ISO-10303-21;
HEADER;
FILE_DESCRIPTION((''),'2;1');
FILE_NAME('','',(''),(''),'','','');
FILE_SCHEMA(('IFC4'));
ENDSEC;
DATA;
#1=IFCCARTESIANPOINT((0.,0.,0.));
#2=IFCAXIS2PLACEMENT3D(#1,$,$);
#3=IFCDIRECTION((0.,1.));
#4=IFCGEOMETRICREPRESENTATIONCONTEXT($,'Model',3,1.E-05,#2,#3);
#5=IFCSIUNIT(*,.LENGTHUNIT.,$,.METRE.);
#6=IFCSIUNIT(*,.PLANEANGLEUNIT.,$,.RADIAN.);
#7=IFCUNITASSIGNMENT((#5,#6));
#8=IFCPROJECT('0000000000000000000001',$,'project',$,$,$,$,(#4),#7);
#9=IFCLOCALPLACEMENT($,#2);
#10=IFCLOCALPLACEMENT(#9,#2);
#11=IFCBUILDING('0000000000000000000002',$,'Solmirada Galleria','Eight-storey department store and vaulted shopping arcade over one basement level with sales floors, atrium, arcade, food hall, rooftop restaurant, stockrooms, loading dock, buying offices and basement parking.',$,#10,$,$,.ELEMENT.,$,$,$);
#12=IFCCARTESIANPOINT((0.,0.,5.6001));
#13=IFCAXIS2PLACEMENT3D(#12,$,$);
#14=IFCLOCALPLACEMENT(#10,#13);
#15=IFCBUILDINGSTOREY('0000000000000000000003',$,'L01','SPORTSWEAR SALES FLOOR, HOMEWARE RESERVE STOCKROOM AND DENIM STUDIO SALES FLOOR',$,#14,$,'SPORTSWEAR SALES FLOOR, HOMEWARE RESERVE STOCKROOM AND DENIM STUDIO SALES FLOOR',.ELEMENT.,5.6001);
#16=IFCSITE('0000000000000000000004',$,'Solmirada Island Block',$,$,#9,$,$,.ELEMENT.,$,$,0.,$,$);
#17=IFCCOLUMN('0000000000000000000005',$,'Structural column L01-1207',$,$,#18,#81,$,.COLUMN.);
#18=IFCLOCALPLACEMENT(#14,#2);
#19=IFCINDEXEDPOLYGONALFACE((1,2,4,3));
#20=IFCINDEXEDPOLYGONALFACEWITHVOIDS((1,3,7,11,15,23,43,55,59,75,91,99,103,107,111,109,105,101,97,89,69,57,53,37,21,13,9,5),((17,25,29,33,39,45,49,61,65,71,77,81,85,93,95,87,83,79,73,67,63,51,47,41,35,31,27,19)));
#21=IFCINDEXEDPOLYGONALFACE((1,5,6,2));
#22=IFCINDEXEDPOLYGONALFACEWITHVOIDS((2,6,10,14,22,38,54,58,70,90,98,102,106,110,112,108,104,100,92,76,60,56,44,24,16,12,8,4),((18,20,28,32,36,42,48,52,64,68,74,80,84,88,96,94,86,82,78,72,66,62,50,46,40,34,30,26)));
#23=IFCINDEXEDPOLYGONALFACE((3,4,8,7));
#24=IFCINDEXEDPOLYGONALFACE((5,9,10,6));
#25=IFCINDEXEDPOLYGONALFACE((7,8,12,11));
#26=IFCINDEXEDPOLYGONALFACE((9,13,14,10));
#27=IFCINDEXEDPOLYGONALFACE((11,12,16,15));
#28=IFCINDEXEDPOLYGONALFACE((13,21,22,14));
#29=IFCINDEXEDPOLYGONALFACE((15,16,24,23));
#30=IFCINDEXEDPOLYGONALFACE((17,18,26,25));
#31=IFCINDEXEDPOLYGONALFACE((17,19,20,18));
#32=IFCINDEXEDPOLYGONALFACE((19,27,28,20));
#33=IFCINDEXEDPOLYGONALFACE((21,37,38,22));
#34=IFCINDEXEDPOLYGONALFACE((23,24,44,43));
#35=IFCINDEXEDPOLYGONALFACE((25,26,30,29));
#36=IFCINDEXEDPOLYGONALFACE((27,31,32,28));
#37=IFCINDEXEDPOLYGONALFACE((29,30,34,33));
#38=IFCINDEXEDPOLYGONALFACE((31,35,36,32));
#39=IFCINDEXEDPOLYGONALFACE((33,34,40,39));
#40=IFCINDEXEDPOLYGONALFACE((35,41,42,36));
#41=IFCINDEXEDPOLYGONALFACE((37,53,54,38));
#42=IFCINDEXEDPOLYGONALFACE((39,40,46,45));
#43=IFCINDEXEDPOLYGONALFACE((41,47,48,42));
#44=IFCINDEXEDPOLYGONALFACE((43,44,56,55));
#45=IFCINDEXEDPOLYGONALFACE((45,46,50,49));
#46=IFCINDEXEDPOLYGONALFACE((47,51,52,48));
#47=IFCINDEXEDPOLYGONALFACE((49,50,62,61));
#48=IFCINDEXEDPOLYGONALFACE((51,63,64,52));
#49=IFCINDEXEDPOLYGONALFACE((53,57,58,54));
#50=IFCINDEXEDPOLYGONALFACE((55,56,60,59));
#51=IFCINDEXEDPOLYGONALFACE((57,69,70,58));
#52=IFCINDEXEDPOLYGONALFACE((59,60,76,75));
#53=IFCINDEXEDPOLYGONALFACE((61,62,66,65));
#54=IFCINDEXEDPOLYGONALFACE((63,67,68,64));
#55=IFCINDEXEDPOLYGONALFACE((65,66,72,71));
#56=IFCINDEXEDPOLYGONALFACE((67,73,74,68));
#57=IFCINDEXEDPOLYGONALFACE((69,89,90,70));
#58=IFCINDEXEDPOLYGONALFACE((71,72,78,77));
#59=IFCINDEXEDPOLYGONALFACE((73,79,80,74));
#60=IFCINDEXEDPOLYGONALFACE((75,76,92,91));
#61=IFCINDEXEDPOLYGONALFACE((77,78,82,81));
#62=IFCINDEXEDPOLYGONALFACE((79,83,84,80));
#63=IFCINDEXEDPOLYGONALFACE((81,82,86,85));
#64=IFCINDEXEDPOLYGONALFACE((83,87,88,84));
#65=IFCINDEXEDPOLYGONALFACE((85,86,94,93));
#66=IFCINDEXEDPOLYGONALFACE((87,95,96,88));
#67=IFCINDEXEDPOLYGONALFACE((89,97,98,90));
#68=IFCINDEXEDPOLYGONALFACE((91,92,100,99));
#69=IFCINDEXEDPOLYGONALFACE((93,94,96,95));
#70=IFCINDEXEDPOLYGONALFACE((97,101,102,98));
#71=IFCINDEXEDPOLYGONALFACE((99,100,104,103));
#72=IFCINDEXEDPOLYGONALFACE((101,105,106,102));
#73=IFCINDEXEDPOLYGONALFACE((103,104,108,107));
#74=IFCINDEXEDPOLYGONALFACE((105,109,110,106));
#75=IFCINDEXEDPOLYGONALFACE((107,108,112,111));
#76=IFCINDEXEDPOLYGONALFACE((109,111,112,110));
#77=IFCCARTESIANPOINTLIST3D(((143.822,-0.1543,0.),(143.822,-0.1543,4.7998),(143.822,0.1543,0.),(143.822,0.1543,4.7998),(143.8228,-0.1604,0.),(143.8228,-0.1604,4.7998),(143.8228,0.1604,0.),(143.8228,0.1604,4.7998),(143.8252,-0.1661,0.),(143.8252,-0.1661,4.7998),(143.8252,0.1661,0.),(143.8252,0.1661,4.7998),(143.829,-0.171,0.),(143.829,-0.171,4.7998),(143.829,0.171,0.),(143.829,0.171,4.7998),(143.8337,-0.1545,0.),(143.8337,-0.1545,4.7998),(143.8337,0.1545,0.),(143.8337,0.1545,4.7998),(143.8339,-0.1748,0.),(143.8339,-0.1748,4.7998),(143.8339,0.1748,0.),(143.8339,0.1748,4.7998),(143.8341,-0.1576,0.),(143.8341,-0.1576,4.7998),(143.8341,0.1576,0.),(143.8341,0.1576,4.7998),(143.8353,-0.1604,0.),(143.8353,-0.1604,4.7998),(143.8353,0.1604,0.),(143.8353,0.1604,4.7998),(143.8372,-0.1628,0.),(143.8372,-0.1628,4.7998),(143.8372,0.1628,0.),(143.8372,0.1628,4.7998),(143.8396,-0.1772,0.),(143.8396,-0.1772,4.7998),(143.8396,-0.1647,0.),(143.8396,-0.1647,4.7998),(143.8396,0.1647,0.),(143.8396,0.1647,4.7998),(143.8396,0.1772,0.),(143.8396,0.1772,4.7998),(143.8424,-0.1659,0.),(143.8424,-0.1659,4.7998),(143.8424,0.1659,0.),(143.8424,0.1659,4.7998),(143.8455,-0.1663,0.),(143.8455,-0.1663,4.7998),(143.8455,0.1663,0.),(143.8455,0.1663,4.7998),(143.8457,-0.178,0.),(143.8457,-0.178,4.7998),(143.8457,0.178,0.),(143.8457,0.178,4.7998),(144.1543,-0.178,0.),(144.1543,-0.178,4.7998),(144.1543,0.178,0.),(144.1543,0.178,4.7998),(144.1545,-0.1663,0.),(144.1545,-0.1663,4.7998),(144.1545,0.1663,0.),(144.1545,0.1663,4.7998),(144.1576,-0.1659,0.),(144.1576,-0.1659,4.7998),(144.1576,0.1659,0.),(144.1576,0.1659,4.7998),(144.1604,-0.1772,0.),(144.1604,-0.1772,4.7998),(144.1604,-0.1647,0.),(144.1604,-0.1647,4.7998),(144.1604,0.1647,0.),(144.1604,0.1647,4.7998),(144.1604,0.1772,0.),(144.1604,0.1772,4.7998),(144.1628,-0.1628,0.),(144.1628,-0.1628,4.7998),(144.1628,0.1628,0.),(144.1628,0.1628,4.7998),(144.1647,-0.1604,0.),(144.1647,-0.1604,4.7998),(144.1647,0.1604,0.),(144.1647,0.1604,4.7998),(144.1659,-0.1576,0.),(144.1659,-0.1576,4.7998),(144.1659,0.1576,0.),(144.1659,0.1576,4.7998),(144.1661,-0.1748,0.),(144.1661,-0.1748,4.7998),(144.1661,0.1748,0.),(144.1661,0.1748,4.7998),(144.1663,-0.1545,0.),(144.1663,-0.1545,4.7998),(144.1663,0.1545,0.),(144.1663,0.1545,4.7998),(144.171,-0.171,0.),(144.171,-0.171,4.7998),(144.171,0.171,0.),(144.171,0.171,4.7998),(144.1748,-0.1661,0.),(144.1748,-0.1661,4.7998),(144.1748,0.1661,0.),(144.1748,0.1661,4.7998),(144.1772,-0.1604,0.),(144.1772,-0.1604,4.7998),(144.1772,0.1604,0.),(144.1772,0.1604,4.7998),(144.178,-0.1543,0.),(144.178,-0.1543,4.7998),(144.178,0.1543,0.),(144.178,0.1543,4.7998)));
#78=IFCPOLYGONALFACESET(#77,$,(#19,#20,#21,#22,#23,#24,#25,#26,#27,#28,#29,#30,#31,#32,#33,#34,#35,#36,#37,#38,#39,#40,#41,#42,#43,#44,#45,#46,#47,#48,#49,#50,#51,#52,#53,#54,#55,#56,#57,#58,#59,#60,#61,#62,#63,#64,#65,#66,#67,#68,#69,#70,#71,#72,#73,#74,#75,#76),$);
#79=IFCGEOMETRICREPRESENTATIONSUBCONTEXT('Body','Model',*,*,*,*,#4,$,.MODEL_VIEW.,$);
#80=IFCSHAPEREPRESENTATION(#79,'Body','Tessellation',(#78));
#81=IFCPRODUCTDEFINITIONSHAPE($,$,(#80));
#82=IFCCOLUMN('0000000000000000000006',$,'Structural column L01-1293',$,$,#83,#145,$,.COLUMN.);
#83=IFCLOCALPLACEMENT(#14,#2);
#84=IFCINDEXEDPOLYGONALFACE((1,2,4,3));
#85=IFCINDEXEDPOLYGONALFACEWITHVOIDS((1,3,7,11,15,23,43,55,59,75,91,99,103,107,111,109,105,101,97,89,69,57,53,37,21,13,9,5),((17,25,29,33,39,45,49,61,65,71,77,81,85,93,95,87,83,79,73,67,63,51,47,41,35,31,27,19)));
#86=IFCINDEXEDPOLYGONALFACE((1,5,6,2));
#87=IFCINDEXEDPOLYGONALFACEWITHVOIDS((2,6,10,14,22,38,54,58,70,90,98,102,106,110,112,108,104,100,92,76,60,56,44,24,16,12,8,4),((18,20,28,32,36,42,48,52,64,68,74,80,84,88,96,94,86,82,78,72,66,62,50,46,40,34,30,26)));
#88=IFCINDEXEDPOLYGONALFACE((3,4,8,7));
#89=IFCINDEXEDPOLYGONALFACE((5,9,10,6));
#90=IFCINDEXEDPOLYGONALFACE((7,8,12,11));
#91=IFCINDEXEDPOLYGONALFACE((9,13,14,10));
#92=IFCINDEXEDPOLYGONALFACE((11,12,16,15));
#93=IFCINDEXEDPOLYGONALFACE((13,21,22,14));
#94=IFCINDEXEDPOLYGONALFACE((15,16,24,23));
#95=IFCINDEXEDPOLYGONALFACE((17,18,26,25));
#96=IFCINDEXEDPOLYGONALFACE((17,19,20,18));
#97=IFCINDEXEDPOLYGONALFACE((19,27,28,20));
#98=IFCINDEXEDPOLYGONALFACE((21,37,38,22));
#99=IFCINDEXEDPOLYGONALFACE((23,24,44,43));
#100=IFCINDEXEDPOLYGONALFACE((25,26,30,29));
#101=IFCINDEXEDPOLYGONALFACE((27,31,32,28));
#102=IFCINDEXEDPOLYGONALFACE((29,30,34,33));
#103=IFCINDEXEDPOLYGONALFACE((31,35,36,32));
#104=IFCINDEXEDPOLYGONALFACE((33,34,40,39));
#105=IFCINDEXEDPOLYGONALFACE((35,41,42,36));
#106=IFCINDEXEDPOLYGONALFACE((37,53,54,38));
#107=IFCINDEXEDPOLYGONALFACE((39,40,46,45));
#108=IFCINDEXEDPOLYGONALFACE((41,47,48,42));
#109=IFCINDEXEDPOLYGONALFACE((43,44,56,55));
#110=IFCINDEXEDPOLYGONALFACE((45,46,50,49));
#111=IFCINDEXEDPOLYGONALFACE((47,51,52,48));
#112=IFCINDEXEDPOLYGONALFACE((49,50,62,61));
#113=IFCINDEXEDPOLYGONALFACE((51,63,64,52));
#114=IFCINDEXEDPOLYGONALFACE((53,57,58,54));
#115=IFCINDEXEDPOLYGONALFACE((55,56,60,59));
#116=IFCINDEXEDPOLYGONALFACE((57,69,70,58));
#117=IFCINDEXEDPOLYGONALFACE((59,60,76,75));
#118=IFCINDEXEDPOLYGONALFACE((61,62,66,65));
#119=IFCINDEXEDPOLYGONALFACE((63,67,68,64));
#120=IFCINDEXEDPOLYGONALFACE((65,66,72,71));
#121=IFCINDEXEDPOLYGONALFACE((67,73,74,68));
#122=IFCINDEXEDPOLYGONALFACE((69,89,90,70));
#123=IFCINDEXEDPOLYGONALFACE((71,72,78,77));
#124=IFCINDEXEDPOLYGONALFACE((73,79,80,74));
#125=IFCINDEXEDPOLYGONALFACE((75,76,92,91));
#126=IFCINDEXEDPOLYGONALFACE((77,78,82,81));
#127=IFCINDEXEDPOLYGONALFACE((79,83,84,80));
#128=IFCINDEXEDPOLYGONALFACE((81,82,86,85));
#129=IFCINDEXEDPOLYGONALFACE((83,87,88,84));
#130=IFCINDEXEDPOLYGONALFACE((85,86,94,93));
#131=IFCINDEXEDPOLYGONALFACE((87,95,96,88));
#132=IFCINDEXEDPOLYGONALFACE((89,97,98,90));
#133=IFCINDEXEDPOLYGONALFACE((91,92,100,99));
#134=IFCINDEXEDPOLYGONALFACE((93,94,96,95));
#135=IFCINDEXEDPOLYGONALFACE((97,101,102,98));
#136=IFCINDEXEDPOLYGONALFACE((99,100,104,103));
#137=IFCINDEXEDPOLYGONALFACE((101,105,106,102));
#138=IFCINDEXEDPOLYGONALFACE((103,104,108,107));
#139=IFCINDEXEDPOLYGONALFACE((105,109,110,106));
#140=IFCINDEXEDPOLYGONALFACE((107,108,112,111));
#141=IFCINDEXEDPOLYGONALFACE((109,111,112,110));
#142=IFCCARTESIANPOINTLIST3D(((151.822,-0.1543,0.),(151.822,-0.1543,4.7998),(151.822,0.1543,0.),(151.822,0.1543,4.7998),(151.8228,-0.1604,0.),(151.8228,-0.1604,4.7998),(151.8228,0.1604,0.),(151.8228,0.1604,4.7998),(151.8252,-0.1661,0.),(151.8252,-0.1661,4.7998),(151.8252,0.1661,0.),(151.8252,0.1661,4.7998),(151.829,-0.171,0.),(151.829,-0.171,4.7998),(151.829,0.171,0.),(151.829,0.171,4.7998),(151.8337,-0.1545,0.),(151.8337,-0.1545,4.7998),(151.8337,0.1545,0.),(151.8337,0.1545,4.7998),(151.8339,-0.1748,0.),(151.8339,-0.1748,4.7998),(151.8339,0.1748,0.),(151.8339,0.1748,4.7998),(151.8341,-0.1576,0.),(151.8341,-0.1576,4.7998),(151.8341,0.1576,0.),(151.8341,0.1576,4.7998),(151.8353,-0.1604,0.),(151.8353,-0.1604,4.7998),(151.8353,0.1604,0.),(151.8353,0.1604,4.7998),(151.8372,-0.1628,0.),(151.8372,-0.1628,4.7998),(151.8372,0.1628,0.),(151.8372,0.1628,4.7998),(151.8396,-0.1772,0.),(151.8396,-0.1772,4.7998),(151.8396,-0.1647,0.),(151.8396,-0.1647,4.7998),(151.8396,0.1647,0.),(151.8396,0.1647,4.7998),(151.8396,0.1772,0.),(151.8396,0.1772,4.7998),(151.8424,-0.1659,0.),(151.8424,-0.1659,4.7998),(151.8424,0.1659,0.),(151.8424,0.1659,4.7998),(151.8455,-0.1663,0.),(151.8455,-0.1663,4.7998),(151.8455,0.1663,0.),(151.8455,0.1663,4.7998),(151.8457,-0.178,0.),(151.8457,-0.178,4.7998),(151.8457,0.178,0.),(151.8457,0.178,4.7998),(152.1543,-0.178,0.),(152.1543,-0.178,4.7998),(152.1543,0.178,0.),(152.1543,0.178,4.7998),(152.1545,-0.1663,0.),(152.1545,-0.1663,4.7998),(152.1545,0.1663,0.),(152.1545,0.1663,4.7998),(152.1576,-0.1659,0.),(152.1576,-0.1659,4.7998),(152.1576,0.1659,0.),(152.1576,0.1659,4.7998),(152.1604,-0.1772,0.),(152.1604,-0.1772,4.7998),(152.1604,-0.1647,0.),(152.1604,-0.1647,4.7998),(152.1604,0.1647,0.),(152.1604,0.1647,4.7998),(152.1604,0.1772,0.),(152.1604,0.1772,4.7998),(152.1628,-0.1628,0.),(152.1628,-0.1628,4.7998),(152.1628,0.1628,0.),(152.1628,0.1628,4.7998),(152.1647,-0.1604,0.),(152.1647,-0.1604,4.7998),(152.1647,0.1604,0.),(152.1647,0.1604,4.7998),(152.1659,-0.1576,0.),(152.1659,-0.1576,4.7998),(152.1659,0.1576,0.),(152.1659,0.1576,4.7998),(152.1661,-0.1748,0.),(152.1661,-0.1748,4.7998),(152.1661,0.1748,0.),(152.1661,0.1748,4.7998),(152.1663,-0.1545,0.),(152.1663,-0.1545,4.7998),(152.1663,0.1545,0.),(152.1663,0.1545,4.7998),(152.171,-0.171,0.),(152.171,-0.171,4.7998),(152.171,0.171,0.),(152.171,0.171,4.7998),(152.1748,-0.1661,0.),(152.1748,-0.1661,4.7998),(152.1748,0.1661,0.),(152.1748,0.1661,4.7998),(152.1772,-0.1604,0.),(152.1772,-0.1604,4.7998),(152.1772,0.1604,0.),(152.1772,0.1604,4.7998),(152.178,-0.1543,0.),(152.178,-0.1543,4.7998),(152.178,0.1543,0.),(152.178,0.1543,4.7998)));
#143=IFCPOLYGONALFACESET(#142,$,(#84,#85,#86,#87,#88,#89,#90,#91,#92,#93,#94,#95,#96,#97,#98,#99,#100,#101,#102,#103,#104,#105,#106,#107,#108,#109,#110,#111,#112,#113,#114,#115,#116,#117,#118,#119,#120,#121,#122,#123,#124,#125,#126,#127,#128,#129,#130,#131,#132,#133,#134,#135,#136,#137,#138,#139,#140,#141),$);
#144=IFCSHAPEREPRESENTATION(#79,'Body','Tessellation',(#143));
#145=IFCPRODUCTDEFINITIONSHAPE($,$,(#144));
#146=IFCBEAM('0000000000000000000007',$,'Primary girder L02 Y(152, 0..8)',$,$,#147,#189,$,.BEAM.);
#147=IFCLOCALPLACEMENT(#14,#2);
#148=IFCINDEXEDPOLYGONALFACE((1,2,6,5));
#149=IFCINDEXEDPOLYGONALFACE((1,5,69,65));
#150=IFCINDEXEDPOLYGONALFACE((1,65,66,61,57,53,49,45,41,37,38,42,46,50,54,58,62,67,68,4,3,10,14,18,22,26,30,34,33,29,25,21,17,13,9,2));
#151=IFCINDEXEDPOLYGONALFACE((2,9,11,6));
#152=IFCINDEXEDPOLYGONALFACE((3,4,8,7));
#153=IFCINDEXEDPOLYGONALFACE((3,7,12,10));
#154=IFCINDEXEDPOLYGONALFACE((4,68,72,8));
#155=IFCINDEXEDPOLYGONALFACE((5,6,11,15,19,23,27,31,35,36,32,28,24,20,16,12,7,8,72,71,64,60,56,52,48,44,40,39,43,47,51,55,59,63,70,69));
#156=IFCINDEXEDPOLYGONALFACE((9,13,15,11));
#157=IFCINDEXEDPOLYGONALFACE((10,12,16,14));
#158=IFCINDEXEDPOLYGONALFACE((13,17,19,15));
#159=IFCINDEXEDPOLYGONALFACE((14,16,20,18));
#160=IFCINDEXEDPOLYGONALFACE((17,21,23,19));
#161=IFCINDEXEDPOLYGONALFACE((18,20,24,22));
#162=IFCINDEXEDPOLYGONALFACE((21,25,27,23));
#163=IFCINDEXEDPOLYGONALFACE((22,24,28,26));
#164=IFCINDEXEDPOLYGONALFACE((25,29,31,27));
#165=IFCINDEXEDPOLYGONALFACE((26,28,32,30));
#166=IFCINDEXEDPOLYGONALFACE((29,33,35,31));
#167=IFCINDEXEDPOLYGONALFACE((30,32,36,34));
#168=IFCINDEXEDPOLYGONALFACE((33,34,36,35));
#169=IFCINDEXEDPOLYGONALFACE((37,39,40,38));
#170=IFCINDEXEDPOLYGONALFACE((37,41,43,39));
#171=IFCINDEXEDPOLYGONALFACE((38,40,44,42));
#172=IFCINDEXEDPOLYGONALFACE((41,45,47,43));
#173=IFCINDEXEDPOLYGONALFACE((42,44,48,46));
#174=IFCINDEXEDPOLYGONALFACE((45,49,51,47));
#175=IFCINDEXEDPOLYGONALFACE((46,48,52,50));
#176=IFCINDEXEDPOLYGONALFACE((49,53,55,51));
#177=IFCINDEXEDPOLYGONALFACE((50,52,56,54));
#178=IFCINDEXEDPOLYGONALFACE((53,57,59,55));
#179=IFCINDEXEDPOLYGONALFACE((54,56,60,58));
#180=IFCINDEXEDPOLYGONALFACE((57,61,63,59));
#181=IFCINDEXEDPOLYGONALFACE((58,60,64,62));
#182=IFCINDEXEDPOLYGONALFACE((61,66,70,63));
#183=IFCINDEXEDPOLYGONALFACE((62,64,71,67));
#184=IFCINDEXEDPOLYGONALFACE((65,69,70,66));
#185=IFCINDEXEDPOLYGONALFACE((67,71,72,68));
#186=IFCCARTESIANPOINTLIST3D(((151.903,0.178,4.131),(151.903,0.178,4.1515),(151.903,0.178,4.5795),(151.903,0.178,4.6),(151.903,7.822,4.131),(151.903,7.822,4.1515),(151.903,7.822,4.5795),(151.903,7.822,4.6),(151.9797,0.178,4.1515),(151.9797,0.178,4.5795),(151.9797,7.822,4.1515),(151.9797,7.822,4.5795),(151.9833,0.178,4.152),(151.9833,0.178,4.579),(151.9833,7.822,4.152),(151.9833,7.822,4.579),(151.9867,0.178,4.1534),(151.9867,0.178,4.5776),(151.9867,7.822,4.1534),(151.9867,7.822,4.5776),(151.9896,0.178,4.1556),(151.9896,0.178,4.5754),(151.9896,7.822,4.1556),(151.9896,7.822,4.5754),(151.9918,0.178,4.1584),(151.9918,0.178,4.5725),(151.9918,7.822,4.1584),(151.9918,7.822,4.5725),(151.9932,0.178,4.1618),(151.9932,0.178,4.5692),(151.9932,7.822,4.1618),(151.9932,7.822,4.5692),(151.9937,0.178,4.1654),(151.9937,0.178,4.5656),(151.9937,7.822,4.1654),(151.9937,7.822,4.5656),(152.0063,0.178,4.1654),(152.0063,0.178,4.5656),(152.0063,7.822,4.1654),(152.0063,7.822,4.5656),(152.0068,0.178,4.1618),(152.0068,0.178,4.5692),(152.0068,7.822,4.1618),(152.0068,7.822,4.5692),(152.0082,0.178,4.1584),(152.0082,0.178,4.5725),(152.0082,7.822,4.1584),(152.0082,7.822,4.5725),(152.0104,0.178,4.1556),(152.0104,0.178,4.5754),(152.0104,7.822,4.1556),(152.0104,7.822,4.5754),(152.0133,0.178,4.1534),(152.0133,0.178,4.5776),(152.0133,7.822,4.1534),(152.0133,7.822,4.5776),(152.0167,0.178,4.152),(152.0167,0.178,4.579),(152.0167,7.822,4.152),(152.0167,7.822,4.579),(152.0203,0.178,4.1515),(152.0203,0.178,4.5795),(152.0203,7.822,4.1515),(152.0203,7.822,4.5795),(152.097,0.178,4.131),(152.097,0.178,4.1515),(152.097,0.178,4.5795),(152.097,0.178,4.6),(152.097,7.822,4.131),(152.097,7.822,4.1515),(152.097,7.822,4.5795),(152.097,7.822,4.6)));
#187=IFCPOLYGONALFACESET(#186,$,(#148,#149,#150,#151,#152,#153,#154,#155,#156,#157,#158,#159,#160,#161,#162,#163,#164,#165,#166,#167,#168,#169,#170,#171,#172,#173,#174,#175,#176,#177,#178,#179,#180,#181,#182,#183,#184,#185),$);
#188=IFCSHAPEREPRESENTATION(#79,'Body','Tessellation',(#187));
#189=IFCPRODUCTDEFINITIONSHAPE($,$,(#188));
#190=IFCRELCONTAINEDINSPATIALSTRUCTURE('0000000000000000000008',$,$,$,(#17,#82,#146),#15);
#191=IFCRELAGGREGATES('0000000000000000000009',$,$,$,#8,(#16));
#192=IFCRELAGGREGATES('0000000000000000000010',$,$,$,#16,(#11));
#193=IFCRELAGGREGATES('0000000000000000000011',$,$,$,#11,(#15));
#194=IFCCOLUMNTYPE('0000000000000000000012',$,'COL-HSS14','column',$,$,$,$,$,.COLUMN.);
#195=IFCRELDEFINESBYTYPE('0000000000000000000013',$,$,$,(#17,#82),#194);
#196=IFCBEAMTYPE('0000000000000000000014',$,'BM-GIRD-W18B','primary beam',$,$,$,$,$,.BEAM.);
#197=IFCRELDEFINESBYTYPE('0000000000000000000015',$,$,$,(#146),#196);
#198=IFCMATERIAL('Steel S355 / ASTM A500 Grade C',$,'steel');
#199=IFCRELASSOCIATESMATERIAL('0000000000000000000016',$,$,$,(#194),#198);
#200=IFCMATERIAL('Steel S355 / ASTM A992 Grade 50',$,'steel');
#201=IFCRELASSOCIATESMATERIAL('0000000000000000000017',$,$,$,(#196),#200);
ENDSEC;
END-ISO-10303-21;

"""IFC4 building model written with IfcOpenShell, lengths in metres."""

from ifc_helpers import new_model, si_unit, direction, frame, origin, origin_2d, place, context, subcontext, project, spatial, hollow_rectangle, i_section, extrude, material, material_profile, profile_set, type_object, element, save


model = new_model("IFC4")

# Units and contexts
model_context = context("Model", 3, precision=1e-05, world=origin(), true_north=direction((0.0, 1.0)))
body_context = subcontext(model_context, "Body", "Model", "MODEL_VIEW")
ifc_project = project(units=[si_unit("LENGTHUNIT", "METRE"), si_unit("PLANEANGLEUNIT", "RADIAN")], contexts=[model_context])

# Site, building, storey
site_placement = place(None, origin())
site = spatial("IfcSite", under=ifc_project, at=site_placement, Name="Solmirada Island Block", CompositionType="ELEMENT", RefElevation=0.0)
building_placement = place(site_placement, origin())
building = spatial("IfcBuilding", under=site, at=building_placement, Name="Solmirada Galleria", Description="Eight-storey department store and vaulted shopping arcade over one basement level with sales floors, atrium, arcade, food hall, rooftop restaurant, stockrooms, loading dock, buying offices and basement parking.", CompositionType="ELEMENT")
storey_placement = place(building_placement, frame((0.0, 0.0, 5.6001)))
storey = spatial("IfcBuildingStorey", under=building, at=storey_placement, Name="L01", Description="SPORTSWEAR SALES FLOOR, HOMEWARE RESERVE STOCKROOM AND DENIM STUDIO SALES FLOOR", LongName="SPORTSWEAR SALES FLOOR, HOMEWARE RESERVE STOCKROOM AND DENIM STUDIO SALES FLOOR", CompositionType="ELEMENT", Elevation=5.6001)

# Columns
ifc_material_1 = material(Name="Steel S355 / ASTM A500 Grade C", Category="steel")
ifc_material_profile_1 = material_profile(ifc_material_1, hollow_rectangle(XDim=0.356, YDim=0.356, WallThickness=0.0117, InnerFilletRadius=0.0117, OuterFilletRadius=0.0237, at=origin_2d()), Name="HSS14X14X1/2")
ifc_profile_set_1 = profile_set([ifc_material_profile_1], Name="Steel S355 / ASTM A500 Grade C")
column_type = type_object("IfcColumnType", Name="COL-HSS14", Description="column", PredefinedType="COLUMN", material=ifc_profile_set_1)
for number, where, z_axis, x_axis, name in (
    (1, (144.0, 0.0, 0.0), (0.0, 0.0, 1.0), (1.0, 0.0, 0.0), "Structural column L01-1207"),
    (2, (152.0, 0.0, 0.0), (0.0, 0.0, 1.0), (1.0, 0.0, 0.0), "Structural column L01-1293"),
):
    element("IfcColumn", number, at=place(storey_placement, frame(where, z_axis=z_axis, x_axis=x_axis)), inside=storey, type_object=column_type, Name=name, PredefinedType="COLUMN", context=body_context, shape_type="SweptSolid", body=[
        extrude(hollow_rectangle(XDim=0.356, YDim=0.356, WallThickness=0.0117, InnerFilletRadius=0.0117, OuterFilletRadius=0.0237, at=origin_2d()), origin(), (0.0, 0.0, 1.0), 4.7998),
    ])

# Beam
ifc_material_2 = material(Name="Steel S355 / ASTM A992 Grade 50", Category="steel")
ifc_material_profile_2 = material_profile(ifc_material_2, i_section(OverallWidth=0.1941, OverallDepth=0.469, WebThickness=0.0127, FlangeThickness=0.0205, FilletRadius=0.0139, at=origin_2d()), Name="W18X71")
ifc_profile_set_2 = profile_set([ifc_material_profile_2], Name="Steel S355 / ASTM A992 Grade 50")
beam_type_1 = type_object("IfcBeamType", Name="BM-GIRD-W18B", Description="primary beam", PredefinedType="BEAM", material=ifc_profile_set_2)
beam_1_placement = place(storey_placement, frame((152.0, 0.178, 4.3655), z_axis=(0.0, 1.0, 0.0), x_axis=(-1.0, 0.0, 0.0)))
element("IfcBeam", 3, at=beam_1_placement, inside=storey, type_object=beam_type_1, Name="Primary girder L02 Y(152, 0..8)", PredefinedType="BEAM", context=body_context, shape_type="SweptSolid", body=[
    extrude(i_section(OverallWidth=0.1941, OverallDepth=0.469, WebThickness=0.0127, FlangeThickness=0.0205, FilletRadius=0.0139, at=origin_2d()), origin(), (0.0, 0.0, 1.0), 7.644),
])

save(model, "model.ifc")
